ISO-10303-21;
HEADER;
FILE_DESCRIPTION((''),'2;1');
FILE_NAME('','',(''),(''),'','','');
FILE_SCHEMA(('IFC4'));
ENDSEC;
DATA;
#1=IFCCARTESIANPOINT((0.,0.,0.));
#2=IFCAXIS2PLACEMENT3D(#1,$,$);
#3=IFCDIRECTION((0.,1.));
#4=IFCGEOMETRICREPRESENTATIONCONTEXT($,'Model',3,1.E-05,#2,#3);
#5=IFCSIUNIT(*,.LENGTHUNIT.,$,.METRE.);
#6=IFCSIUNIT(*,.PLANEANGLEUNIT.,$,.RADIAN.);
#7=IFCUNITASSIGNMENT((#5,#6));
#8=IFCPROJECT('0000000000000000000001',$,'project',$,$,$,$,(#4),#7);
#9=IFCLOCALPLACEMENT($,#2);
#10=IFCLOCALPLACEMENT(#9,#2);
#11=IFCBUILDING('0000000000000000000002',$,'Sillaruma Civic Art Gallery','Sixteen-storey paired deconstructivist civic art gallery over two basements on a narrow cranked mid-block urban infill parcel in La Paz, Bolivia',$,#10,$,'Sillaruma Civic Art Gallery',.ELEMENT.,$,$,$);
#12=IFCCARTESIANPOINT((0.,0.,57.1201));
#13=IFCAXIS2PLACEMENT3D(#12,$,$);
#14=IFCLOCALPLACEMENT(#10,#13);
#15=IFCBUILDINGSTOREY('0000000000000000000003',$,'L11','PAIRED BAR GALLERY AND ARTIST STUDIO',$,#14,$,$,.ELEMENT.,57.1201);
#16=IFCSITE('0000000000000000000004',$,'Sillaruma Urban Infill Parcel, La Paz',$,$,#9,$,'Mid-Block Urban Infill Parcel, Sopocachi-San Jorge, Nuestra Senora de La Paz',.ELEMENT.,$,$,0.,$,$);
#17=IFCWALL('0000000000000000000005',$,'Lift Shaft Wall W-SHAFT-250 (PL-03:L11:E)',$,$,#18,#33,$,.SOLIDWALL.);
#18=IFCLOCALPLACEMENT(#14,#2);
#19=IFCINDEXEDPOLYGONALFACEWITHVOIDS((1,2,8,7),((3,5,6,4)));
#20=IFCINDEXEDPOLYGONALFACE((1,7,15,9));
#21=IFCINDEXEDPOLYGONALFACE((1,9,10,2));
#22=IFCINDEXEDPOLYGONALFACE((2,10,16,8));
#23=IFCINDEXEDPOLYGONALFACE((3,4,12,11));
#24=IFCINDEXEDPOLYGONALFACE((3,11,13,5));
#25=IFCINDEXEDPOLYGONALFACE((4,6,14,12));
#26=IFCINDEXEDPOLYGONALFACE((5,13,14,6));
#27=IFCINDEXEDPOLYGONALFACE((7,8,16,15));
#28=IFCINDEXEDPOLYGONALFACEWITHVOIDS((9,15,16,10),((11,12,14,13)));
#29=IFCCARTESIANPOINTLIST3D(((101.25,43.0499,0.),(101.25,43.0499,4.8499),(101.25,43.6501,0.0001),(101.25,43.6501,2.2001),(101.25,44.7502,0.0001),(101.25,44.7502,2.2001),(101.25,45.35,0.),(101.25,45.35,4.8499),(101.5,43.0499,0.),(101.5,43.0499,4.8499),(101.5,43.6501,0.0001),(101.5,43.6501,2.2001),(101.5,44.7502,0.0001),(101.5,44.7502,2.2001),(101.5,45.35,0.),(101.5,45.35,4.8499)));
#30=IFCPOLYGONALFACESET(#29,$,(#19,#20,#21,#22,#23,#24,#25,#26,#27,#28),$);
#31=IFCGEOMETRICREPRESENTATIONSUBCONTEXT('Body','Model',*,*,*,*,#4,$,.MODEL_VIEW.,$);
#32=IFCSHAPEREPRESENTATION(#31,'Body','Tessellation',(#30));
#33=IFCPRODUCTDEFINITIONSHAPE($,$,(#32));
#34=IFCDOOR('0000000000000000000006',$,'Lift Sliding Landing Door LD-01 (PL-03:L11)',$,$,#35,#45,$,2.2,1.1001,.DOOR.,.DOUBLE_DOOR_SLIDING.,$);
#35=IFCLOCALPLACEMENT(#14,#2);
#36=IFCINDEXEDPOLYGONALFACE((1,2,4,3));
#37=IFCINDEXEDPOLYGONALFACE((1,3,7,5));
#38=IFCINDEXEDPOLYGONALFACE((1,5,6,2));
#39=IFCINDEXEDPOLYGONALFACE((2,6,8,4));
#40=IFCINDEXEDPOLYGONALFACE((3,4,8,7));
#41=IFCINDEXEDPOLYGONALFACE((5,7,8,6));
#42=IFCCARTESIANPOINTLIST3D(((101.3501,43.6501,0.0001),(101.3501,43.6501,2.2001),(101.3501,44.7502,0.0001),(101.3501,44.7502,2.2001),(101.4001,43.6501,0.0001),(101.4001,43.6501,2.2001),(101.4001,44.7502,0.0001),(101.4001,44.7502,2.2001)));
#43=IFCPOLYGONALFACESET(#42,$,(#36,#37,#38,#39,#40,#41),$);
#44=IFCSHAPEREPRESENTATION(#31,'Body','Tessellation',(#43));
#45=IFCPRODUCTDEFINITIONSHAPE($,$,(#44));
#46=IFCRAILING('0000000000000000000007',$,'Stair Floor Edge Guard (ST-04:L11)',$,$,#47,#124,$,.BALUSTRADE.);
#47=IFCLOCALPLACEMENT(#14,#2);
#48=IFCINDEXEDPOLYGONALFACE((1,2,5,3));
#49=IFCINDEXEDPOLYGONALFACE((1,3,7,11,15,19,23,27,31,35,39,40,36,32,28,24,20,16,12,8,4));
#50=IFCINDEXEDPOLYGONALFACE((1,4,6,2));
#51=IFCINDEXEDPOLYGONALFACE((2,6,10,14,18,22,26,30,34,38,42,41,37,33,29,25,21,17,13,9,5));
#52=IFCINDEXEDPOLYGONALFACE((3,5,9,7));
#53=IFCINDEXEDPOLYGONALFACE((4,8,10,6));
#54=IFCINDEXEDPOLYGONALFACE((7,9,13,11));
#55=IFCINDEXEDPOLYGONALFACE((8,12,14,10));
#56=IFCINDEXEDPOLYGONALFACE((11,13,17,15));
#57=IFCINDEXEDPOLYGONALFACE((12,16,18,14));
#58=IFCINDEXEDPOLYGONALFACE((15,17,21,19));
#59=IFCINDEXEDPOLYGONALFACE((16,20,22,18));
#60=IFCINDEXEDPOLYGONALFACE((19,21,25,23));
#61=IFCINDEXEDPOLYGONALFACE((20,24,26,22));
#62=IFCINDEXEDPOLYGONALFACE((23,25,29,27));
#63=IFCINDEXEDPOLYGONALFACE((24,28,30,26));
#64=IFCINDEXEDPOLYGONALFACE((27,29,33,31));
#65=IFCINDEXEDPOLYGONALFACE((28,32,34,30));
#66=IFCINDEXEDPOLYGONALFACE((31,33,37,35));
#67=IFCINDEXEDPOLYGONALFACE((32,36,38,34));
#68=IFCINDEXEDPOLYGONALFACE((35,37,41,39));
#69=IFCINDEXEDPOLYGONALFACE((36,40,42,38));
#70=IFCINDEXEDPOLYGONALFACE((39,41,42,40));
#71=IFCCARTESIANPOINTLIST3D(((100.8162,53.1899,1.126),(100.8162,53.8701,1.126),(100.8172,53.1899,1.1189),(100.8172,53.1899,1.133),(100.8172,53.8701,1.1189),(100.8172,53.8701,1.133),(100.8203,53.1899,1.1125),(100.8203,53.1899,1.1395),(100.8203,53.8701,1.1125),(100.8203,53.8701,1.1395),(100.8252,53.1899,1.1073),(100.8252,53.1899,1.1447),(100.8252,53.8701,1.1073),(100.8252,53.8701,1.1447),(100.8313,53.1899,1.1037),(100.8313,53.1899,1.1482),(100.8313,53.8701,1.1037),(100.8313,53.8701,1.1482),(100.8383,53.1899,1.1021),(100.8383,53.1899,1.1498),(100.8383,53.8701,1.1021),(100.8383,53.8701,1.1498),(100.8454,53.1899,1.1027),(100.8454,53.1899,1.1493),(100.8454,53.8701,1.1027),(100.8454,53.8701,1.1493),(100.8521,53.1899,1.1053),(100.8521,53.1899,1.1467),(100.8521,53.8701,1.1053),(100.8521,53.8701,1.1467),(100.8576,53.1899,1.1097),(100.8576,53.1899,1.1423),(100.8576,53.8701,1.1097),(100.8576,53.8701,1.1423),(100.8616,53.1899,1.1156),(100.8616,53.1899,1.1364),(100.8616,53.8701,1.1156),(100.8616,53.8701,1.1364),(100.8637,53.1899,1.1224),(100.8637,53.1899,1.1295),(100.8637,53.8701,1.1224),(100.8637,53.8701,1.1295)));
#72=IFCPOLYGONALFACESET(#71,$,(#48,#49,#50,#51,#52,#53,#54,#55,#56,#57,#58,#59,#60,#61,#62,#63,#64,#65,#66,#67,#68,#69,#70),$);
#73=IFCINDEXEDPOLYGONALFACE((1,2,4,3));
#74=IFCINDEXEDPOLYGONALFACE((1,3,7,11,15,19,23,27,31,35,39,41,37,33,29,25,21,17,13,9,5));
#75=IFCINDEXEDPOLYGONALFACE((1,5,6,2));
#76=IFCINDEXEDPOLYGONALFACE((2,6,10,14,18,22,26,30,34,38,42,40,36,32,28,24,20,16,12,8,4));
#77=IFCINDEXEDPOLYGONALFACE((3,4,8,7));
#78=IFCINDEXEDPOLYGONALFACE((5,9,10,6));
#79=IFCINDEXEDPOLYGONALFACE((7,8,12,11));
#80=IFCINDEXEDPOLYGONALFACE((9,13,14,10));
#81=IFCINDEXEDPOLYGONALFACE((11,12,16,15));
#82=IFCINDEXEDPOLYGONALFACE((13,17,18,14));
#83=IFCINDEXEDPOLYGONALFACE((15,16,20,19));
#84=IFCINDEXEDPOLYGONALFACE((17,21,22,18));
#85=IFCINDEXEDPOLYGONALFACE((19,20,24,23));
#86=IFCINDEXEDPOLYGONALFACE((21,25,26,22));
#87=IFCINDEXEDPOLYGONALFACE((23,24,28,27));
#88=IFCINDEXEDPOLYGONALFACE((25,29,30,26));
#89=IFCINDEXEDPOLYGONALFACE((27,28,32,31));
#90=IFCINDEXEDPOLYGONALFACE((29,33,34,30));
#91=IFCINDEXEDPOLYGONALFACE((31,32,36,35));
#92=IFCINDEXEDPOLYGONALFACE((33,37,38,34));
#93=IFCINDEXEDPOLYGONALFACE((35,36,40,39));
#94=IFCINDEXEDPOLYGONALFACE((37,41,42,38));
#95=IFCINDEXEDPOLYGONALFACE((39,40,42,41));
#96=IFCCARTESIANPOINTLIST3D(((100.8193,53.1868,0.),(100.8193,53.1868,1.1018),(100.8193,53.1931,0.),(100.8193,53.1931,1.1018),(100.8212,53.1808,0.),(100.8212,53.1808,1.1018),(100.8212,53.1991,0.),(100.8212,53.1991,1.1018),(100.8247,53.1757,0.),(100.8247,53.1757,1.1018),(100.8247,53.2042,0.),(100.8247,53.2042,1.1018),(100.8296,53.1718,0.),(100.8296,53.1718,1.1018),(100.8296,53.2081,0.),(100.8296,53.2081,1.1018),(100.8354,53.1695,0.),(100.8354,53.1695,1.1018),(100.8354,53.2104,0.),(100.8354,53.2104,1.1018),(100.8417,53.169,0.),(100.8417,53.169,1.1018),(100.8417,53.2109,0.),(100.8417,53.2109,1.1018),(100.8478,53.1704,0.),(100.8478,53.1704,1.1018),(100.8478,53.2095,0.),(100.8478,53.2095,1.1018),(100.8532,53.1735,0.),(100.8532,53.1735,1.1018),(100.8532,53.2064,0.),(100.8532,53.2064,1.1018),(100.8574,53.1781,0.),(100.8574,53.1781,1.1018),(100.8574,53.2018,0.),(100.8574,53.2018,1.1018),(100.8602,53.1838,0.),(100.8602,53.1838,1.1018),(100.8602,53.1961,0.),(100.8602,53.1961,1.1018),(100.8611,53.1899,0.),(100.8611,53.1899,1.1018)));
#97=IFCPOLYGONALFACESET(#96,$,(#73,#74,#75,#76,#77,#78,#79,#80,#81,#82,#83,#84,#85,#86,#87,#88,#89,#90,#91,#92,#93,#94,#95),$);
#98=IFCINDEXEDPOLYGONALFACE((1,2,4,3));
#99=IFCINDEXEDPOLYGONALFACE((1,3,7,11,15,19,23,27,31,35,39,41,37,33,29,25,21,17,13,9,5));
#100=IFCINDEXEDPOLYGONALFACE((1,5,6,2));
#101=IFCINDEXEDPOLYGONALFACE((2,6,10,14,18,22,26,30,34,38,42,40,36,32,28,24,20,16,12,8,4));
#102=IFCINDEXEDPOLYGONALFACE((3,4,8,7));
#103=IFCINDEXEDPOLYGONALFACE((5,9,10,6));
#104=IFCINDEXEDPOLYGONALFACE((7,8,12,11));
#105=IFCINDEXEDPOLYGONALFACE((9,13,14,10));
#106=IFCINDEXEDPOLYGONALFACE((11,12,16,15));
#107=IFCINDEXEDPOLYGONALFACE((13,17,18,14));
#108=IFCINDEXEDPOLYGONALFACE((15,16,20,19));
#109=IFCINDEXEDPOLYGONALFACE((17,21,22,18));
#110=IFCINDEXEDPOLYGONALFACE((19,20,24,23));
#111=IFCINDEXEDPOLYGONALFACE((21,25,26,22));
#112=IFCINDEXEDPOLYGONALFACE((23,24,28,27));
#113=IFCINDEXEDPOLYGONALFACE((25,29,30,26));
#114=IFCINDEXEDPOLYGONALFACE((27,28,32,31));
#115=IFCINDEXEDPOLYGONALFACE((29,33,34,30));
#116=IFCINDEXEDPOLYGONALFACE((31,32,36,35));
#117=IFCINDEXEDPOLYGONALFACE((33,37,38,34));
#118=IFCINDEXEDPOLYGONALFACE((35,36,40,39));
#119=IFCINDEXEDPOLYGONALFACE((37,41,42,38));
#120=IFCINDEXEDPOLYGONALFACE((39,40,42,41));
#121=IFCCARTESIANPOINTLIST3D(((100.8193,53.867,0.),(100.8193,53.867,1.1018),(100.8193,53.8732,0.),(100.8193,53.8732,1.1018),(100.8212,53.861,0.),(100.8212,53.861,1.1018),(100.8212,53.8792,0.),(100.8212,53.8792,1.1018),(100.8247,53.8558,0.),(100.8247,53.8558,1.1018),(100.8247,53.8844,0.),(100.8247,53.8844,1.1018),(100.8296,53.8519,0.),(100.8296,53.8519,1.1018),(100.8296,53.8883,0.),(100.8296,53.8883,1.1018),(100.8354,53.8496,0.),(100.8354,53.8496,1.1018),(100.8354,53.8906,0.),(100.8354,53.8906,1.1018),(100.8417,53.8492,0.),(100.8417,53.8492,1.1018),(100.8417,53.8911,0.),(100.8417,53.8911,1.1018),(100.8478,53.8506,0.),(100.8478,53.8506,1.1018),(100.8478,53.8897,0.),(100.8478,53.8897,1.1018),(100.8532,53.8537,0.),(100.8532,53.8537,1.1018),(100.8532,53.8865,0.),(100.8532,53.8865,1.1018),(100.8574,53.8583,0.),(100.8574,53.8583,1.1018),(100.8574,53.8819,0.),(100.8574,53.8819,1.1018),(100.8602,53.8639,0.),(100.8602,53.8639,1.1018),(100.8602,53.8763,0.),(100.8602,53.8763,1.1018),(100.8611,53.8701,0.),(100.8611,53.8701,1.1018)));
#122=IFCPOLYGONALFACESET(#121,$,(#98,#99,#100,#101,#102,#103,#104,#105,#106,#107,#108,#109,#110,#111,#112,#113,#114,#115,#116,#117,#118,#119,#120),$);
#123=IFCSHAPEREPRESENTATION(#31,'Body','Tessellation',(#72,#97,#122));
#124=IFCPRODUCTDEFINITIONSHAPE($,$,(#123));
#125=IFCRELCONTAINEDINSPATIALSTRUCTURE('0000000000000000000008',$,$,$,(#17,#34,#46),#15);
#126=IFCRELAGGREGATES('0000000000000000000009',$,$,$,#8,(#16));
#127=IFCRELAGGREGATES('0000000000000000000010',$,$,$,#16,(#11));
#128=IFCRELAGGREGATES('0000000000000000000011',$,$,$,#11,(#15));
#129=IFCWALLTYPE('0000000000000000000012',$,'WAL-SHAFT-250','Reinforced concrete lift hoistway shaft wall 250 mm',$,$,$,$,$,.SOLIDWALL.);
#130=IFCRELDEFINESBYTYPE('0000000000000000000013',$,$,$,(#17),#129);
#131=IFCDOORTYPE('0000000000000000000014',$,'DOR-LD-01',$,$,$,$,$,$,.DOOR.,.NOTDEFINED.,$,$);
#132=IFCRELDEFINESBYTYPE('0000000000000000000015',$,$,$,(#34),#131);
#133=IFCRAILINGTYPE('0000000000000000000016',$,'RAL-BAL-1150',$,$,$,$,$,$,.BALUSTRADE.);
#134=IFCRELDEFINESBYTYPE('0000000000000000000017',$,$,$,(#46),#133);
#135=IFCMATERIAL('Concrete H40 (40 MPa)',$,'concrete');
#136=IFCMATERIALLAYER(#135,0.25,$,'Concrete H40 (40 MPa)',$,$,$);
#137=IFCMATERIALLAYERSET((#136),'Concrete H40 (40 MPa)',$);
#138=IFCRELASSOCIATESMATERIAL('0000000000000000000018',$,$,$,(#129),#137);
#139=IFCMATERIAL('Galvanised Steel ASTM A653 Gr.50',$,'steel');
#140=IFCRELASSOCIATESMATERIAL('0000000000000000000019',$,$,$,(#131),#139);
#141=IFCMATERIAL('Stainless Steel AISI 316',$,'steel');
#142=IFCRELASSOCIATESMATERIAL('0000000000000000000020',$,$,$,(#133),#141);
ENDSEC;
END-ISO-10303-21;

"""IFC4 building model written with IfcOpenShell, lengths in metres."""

from ifc_helpers import new_model, si_unit, direction, frame, frame_2d, origin, origin_2d, place, context, subcontext, project, spatial, rectangle, circle, extrude, material, layer, layer_set, type_object, element, fill, save


model = new_model("IFC4")

# Units and contexts
model_context = context("Model", 3, precision=1e-05, world=origin(), true_north=direction((0.0, 1.0)))
body_context = subcontext(model_context, "Body", "Model", "MODEL_VIEW")
ifc_project = project(units=[si_unit("LENGTHUNIT", "METRE"), si_unit("PLANEANGLEUNIT", "RADIAN")], contexts=[model_context])

# Site, building, storey
site_placement = place(None, origin())
site = spatial("IfcSite", under=ifc_project, at=site_placement, Name="Sillaruma Urban Infill Parcel, La Paz", LongName="Mid-Block Urban Infill Parcel, Sopocachi-San Jorge, Nuestra Senora de La Paz", CompositionType="ELEMENT", RefElevation=0.0)
building_placement = place(site_placement, origin())
building = spatial("IfcBuilding", under=site, at=building_placement, Name="Sillaruma Civic Art Gallery", Description="Sixteen-storey paired deconstructivist civic art gallery over two basements on a narrow cranked mid-block urban infill parcel in La Paz, Bolivia", LongName="Sillaruma Civic Art Gallery", CompositionType="ELEMENT")
storey_placement = place(building_placement, frame((0.0, 0.0, 57.1201)))
storey = spatial("IfcBuildingStorey", under=building, at=storey_placement, Name="L11", Description="PAIRED BAR GALLERY AND ARTIST STUDIO", CompositionType="ELEMENT", Elevation=57.1201)

# Shared definitions
ifc_material_1 = material(Name="Concrete H40 (40 MPa)", Category="concrete")

# Shared definitions
ifc_material_2 = material(Name="Galvanised Steel ASTM A653 Gr.50", Category="steel")

# Shared definitions
ifc_layer_1 = layer(ifc_material_1, 0.25, Name="Concrete H40 (40 MPa)")
ifc_layer_set_1 = layer_set([ifc_layer_1], Name="Concrete H40 (40 MPa)")
wall_type_1 = type_object("IfcWallType", Name="WAL-SHAFT-250", Description="Reinforced concrete lift hoistway shaft wall 250 mm", PredefinedType="SOLIDWALL", material=ifc_layer_set_1)

# Wall, opening, door
wall_1_placement = place(storey_placement, frame((101.375, 43.05, 0.0), z_axis=(0.0, 0.0, 1.0), x_axis=(0.0, 1.0, 0.0)))
wall_1 = element("IfcWall", 1, at=wall_1_placement, inside=storey, type_object=wall_type_1, Name="Lift Shaft Wall W-SHAFT-250 (PL-03:L11:E)", PredefinedType="SOLIDWALL", context=body_context, shape_type="SweptSolid", body=[
    extrude(rectangle(XDim=2.3, YDim=0.25, at=frame_2d((1.1499, 0.0))), origin(), (0.0, 0.0, 1.0), 4.8499),
])
opening_1_placement = place(wall_1_placement, frame((0.6001, 0.0, 0.0)))
opening_1 = element("IfcOpeningElement", 2, at=opening_1_placement, cuts=wall_1, PredefinedType="OPENING", context=body_context, shape_type="SweptSolid", body=[
    extrude(rectangle(XDim=1.1001, YDim=2.2, at=frame_2d((0.55, 1.1001))), frame((0.0, 0.135, 0.0), z_axis=(0.0, -1.0, 0.0), x_axis=(1.0, 0.0, 0.0)), (0.0, 0.0, 1.0), 0.27),
])
door_type_1 = type_object("IfcDoorType", Name="DOR-LD-01", OperationType="NOTDEFINED", PredefinedType="DOOR", material=ifc_material_2)
door_1_placement = place(opening_1_placement, origin())
door_1 = element("IfcDoor", 3, at=door_1_placement, inside=storey, type_object=door_type_1, Name="Lift Sliding Landing Door LD-01 (PL-03:L11)", OperationType="DOUBLE_DOOR_SLIDING", OverallHeight=2.2, OverallWidth=1.1001, PredefinedType="DOOR", context=body_context, shape_type="SweptSolid", body=[
    extrude(rectangle(XDim=1.1001, YDim=2.2, at=frame_2d((0.55, 1.1001))), frame((0.0, 0.0249, 0.0), z_axis=(0.0, -1.0, 0.0), x_axis=(1.0, 0.0, 0.0)), (0.0, 0.0, 1.0), 0.05),
])
fill(opening_1, door_1)

# Railing
ifc_material_3 = material(Name="Stainless Steel AISI 316", Category="steel")
railing_type_1 = type_object("IfcRailingType", Name="RAL-BAL-1150", PredefinedType="BALUSTRADE", material=ifc_material_3)
railing_1_placement = place(storey_placement, frame((100.8401, 53.1899, 0.0)))
element("IfcRailing", 4, at=railing_1_placement, inside=storey, type_object=railing_type_1, Name="Stair Floor Edge Guard (ST-04:L11)", PredefinedType="BALUSTRADE", context=body_context, shape_type="SweptSolid", body=[
    extrude(circle(Radius=0.0239, at=origin_2d()), frame((0.0, 0.0, 1.126), z_axis=(0.0, 1.0, 0.0), x_axis=(-1.0, 0.0, 0.0)), (0.0, 0.0, 1.0), 0.6802),
    extrude(circle(Radius=0.021, at=origin_2d()), origin(), (0.0, 0.0, 1.0), 1.1018),
    extrude(circle(Radius=0.021, at=origin_2d()), frame((0.0, 0.6802, 0.0)), (0.0, 0.0, 1.0), 1.1018),
])

save(model, "model.ifc")
